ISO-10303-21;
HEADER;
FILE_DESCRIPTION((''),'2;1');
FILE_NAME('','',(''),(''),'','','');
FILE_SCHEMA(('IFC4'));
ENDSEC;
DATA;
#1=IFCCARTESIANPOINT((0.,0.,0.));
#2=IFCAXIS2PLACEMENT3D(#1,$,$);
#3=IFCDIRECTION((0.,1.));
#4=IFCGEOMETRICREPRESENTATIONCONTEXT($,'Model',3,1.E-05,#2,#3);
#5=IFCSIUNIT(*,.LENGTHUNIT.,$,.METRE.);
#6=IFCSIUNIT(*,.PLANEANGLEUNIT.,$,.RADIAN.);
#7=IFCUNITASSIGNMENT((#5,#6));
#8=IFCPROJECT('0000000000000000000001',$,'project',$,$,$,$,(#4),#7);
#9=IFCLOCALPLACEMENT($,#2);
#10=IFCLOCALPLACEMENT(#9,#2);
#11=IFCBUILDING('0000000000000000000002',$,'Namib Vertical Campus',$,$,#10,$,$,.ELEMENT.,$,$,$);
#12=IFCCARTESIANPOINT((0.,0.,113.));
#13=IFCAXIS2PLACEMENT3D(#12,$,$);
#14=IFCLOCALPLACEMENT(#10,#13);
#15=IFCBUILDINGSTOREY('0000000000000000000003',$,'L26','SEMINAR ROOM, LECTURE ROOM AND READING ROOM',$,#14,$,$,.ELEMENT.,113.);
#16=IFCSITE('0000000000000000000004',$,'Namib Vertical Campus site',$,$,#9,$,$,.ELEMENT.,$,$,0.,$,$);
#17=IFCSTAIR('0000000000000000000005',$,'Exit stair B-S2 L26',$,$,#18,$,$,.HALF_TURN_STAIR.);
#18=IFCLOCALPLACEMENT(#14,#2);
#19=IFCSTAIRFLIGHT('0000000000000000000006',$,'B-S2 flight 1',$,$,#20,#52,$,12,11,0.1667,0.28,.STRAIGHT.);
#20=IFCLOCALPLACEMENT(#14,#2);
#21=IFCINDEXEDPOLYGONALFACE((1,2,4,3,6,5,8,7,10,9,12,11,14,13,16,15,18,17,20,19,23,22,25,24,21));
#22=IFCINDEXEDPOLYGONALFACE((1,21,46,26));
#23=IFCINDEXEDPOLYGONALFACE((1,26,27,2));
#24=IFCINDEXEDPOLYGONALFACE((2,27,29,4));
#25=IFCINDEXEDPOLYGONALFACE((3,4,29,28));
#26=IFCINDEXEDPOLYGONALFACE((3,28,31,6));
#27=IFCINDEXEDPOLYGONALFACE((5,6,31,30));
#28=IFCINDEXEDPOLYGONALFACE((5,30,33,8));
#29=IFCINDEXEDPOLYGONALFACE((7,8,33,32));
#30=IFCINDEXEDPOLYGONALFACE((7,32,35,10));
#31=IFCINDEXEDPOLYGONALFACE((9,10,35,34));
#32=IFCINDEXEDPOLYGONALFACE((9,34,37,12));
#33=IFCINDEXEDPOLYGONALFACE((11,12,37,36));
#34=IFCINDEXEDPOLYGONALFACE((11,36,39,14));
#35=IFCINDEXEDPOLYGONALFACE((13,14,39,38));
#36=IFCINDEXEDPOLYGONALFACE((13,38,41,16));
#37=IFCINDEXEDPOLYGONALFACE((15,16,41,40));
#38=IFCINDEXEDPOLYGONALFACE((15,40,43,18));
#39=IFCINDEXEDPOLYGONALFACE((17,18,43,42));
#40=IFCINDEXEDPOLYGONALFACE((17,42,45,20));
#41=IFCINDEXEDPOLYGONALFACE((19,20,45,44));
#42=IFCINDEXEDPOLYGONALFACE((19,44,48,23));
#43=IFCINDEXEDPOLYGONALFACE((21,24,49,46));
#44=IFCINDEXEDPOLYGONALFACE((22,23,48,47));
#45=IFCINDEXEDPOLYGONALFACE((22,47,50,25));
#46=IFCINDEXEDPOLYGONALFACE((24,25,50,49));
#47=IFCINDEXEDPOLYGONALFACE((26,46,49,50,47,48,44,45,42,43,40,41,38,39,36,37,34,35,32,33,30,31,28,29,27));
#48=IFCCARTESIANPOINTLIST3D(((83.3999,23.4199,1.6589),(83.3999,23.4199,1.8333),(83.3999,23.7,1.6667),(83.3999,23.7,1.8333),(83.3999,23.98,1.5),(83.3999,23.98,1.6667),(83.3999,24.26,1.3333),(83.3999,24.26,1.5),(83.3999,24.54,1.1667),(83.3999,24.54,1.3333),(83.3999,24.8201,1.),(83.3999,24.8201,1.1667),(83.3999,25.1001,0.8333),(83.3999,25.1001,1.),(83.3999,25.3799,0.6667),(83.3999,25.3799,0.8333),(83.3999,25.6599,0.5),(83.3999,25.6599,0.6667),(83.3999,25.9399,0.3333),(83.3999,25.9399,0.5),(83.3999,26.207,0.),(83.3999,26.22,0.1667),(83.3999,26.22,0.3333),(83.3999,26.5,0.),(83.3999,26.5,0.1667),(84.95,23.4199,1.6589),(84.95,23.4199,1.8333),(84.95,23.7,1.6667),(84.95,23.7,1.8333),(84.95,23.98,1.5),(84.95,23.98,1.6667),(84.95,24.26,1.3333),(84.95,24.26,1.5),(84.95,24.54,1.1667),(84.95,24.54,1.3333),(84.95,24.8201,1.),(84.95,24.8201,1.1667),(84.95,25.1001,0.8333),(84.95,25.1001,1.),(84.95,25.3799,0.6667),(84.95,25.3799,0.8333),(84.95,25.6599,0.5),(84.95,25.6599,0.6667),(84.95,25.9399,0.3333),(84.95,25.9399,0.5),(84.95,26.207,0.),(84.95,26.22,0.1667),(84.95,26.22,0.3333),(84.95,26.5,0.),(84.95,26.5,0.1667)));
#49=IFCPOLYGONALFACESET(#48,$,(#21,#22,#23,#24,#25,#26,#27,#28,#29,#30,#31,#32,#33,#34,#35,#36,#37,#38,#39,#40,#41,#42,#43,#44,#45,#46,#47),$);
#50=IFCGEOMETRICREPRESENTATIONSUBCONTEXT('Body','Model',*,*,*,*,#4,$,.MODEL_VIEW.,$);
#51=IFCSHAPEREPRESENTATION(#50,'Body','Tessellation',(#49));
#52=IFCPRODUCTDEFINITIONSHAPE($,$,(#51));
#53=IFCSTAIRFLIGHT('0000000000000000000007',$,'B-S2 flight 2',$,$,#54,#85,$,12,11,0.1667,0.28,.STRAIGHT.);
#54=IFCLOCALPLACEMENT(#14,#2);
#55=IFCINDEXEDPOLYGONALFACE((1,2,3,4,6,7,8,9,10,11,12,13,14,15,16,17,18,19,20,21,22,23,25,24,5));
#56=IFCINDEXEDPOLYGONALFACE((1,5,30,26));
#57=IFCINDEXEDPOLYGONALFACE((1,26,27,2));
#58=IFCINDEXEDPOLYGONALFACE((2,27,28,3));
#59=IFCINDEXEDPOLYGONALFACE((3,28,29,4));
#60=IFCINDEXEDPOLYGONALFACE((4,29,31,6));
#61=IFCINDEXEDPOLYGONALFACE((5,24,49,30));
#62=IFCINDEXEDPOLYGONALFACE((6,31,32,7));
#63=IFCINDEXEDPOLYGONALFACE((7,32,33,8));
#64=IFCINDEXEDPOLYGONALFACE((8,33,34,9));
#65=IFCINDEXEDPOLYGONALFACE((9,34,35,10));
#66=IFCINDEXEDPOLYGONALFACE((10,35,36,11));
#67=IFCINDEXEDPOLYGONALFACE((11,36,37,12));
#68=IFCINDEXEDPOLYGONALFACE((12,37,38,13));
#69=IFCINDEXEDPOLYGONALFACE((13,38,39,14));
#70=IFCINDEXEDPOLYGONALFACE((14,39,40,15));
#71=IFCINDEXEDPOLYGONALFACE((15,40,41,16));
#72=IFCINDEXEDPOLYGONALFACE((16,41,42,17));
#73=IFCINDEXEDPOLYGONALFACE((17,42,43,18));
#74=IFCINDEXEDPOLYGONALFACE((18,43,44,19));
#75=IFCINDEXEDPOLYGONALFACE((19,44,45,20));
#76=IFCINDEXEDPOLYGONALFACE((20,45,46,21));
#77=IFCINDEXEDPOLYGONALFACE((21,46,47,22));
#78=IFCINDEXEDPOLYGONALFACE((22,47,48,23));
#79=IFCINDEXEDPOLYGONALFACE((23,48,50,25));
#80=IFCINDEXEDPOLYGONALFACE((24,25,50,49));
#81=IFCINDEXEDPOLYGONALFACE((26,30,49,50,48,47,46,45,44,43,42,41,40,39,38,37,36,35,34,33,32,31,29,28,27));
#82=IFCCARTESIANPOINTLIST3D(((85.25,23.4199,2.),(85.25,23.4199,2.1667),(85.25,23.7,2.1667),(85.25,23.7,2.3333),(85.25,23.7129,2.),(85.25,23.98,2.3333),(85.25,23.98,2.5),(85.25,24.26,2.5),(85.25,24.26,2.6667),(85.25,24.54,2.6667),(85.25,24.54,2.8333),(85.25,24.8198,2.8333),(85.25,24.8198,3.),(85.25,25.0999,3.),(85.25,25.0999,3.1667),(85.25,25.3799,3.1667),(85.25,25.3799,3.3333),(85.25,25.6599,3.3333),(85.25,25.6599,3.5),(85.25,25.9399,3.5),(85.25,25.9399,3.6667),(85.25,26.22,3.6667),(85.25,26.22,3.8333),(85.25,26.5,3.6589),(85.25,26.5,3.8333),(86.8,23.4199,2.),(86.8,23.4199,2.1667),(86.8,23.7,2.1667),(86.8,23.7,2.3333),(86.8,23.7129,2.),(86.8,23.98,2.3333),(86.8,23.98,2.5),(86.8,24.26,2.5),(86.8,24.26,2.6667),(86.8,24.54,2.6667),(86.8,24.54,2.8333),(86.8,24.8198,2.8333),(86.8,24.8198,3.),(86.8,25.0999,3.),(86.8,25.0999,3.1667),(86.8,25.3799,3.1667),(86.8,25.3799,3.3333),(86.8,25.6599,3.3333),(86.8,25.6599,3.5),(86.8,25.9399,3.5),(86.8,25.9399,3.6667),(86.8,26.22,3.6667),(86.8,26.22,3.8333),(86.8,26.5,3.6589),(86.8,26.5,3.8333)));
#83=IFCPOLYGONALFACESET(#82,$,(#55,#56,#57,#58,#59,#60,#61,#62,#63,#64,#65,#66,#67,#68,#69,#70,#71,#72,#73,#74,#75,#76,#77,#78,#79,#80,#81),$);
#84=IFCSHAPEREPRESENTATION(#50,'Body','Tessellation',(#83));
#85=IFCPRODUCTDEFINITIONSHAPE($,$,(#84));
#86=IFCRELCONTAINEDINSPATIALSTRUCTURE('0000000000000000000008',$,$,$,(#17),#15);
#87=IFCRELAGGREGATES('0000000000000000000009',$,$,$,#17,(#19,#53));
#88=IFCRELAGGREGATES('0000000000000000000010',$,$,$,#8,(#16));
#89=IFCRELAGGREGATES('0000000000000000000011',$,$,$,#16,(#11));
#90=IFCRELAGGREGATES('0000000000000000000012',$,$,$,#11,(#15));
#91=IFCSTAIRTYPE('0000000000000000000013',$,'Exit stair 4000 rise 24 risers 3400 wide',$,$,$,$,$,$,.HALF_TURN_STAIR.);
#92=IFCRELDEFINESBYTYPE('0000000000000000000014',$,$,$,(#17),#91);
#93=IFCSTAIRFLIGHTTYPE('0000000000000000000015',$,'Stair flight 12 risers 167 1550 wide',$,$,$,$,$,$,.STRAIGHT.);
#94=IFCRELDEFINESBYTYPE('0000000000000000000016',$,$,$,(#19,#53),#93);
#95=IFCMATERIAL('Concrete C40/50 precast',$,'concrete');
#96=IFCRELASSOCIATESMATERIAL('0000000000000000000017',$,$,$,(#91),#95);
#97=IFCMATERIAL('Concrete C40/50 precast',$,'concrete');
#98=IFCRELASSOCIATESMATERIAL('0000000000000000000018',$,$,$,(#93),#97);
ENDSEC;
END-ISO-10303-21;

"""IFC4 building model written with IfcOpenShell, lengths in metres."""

from ifc_helpers import new_model, si_unit, direction, frame, origin, place, context, subcontext, project, spatial, polyline, outline, extrude, material, type_object, element, aggregate, save


model = new_model("IFC4")

# Units and contexts
model_context = context("Model", 3, precision=1e-05, world=origin(), true_north=direction((0.0, 1.0)))
body_context = subcontext(model_context, "Body", "Model", "MODEL_VIEW")
ifc_project = project(units=[si_unit("LENGTHUNIT", "METRE"), si_unit("PLANEANGLEUNIT", "RADIAN")], contexts=[model_context])

# Site, building, storey
site_placement = place(None, origin())
site = spatial("IfcSite", under=ifc_project, at=site_placement, Name="Namib Vertical Campus site", CompositionType="ELEMENT", RefElevation=0.0)
building_placement = place(site_placement, origin())
building = spatial("IfcBuilding", under=site, at=building_placement, Name="Namib Vertical Campus", CompositionType="ELEMENT")
storey_placement = place(building_placement, frame((0.0, 0.0, 113.0)))
storey = spatial("IfcBuildingStorey", under=building, at=storey_placement, Name="L26", Description="SEMINAR ROOM, LECTURE ROOM AND READING ROOM", CompositionType="ELEMENT", Elevation=113.0)

# Stair, stair flights
ifc_material_1 = material(Name="Concrete C40/50 precast", Category="concrete")
stair_type = type_object("IfcStairType", Name="Exit stair 4000 rise 24 risers 3400 wide", PredefinedType="HALF_TURN_STAIR", material=ifc_material_1)
stair_placement = place(storey_placement, origin())
stair = element("IfcStair", 1, at=stair_placement, inside=storey, type_object=stair_type, Name="Exit stair B-S2 L26", PredefinedType="HALF_TURN_STAIR")
ifc_material_2 = material(Name="Concrete C40/50 precast", Category="concrete")
stair_flight_type = type_object("IfcStairFlightType", Name="Stair flight 12 risers 167 1550 wide", PredefinedType="STRAIGHT", material=ifc_material_2)
stair_flight_1_placement = place(storey_placement, frame((84.175, 26.5, 0.0), z_axis=(0.0, 0.0, 1.0), x_axis=(0.0, -1.0, 0.0)))
stair_flight_1 = element("IfcStairFlight", 2, at=stair_flight_1_placement, type_object=stair_flight_type, Name="B-S2 flight 1", NumberOfRisers=12, NumberOfTreads=11, PredefinedType="STRAIGHT", RiserHeight=0.1667, TreadLength=0.28, context=body_context, shape_type="SweptSolid", body=[
    extrude(outline(polyline([(0.0, 0.0), (0.0, 0.1667), (0.28, 0.1667), (0.28, 0.3333), (0.5601, 0.3333), (0.5601, 0.5), (0.8401, 0.5), (0.8401, 0.6667), (1.1201, 0.6667), (1.1201, 0.8333), (1.3999, 0.8333), (1.3999, 1.0), (1.6799, 1.0), (1.6799, 1.1667), (1.96, 1.1667), (1.96, 1.3333), (2.24, 1.3333), (2.24, 1.5), (2.52, 1.5), (2.52, 1.6667), (2.8, 1.6667), (2.8, 1.8333), (3.0801, 1.8333), (3.0801, 2.0), (3.0801, 1.6589), (0.293, 0.0), (0.0, 0.0)])), frame((0.0, 0.7749, 0.0), z_axis=(0.0, -1.0, 0.0), x_axis=(1.0, 0.0, 0.0)), (0.0, 0.0, 1.0), 1.55),
])
stair_flight_2_placement = place(storey_placement, frame((86.0249, 23.4199, 2.0), z_axis=(0.0, 0.0, 1.0), x_axis=(0.0, 1.0, 0.0)))
stair_flight_2 = element("IfcStairFlight", 3, at=stair_flight_2_placement, type_object=stair_flight_type, Name="B-S2 flight 2", NumberOfRisers=12, NumberOfTreads=11, PredefinedType="STRAIGHT", RiserHeight=0.1667, TreadLength=0.28, context=body_context, shape_type="SweptSolid", body=[
    extrude(outline(polyline([(0.0, 0.0), (0.0, 0.1667), (0.28, 0.1667), (0.28, 0.3333), (0.5601, 0.3333), (0.5601, 0.5), (0.8401, 0.5), (0.8401, 0.6667), (1.1201, 0.6667), (1.1201, 0.8333), (1.3999, 0.8333), (1.3999, 1.0), (1.6799, 1.0), (1.6799, 1.1667), (1.96, 1.1667), (1.96, 1.3333), (2.24, 1.3333), (2.24, 1.5), (2.52, 1.5), (2.52, 1.6667), (2.8, 1.6667), (2.8, 1.8333), (3.0801, 1.8333), (3.0801, 2.0), (3.0801, 1.6589), (0.293, 0.0), (0.0, 0.0)])), frame((0.0, 0.7749, 0.0), z_axis=(0.0, -1.0, 0.0), x_axis=(1.0, 0.0, 0.0)), (0.0, 0.0, 1.0), 1.55),
])
aggregate(stair, [stair_flight_1, stair_flight_2])

save(model, "model.ifc")
